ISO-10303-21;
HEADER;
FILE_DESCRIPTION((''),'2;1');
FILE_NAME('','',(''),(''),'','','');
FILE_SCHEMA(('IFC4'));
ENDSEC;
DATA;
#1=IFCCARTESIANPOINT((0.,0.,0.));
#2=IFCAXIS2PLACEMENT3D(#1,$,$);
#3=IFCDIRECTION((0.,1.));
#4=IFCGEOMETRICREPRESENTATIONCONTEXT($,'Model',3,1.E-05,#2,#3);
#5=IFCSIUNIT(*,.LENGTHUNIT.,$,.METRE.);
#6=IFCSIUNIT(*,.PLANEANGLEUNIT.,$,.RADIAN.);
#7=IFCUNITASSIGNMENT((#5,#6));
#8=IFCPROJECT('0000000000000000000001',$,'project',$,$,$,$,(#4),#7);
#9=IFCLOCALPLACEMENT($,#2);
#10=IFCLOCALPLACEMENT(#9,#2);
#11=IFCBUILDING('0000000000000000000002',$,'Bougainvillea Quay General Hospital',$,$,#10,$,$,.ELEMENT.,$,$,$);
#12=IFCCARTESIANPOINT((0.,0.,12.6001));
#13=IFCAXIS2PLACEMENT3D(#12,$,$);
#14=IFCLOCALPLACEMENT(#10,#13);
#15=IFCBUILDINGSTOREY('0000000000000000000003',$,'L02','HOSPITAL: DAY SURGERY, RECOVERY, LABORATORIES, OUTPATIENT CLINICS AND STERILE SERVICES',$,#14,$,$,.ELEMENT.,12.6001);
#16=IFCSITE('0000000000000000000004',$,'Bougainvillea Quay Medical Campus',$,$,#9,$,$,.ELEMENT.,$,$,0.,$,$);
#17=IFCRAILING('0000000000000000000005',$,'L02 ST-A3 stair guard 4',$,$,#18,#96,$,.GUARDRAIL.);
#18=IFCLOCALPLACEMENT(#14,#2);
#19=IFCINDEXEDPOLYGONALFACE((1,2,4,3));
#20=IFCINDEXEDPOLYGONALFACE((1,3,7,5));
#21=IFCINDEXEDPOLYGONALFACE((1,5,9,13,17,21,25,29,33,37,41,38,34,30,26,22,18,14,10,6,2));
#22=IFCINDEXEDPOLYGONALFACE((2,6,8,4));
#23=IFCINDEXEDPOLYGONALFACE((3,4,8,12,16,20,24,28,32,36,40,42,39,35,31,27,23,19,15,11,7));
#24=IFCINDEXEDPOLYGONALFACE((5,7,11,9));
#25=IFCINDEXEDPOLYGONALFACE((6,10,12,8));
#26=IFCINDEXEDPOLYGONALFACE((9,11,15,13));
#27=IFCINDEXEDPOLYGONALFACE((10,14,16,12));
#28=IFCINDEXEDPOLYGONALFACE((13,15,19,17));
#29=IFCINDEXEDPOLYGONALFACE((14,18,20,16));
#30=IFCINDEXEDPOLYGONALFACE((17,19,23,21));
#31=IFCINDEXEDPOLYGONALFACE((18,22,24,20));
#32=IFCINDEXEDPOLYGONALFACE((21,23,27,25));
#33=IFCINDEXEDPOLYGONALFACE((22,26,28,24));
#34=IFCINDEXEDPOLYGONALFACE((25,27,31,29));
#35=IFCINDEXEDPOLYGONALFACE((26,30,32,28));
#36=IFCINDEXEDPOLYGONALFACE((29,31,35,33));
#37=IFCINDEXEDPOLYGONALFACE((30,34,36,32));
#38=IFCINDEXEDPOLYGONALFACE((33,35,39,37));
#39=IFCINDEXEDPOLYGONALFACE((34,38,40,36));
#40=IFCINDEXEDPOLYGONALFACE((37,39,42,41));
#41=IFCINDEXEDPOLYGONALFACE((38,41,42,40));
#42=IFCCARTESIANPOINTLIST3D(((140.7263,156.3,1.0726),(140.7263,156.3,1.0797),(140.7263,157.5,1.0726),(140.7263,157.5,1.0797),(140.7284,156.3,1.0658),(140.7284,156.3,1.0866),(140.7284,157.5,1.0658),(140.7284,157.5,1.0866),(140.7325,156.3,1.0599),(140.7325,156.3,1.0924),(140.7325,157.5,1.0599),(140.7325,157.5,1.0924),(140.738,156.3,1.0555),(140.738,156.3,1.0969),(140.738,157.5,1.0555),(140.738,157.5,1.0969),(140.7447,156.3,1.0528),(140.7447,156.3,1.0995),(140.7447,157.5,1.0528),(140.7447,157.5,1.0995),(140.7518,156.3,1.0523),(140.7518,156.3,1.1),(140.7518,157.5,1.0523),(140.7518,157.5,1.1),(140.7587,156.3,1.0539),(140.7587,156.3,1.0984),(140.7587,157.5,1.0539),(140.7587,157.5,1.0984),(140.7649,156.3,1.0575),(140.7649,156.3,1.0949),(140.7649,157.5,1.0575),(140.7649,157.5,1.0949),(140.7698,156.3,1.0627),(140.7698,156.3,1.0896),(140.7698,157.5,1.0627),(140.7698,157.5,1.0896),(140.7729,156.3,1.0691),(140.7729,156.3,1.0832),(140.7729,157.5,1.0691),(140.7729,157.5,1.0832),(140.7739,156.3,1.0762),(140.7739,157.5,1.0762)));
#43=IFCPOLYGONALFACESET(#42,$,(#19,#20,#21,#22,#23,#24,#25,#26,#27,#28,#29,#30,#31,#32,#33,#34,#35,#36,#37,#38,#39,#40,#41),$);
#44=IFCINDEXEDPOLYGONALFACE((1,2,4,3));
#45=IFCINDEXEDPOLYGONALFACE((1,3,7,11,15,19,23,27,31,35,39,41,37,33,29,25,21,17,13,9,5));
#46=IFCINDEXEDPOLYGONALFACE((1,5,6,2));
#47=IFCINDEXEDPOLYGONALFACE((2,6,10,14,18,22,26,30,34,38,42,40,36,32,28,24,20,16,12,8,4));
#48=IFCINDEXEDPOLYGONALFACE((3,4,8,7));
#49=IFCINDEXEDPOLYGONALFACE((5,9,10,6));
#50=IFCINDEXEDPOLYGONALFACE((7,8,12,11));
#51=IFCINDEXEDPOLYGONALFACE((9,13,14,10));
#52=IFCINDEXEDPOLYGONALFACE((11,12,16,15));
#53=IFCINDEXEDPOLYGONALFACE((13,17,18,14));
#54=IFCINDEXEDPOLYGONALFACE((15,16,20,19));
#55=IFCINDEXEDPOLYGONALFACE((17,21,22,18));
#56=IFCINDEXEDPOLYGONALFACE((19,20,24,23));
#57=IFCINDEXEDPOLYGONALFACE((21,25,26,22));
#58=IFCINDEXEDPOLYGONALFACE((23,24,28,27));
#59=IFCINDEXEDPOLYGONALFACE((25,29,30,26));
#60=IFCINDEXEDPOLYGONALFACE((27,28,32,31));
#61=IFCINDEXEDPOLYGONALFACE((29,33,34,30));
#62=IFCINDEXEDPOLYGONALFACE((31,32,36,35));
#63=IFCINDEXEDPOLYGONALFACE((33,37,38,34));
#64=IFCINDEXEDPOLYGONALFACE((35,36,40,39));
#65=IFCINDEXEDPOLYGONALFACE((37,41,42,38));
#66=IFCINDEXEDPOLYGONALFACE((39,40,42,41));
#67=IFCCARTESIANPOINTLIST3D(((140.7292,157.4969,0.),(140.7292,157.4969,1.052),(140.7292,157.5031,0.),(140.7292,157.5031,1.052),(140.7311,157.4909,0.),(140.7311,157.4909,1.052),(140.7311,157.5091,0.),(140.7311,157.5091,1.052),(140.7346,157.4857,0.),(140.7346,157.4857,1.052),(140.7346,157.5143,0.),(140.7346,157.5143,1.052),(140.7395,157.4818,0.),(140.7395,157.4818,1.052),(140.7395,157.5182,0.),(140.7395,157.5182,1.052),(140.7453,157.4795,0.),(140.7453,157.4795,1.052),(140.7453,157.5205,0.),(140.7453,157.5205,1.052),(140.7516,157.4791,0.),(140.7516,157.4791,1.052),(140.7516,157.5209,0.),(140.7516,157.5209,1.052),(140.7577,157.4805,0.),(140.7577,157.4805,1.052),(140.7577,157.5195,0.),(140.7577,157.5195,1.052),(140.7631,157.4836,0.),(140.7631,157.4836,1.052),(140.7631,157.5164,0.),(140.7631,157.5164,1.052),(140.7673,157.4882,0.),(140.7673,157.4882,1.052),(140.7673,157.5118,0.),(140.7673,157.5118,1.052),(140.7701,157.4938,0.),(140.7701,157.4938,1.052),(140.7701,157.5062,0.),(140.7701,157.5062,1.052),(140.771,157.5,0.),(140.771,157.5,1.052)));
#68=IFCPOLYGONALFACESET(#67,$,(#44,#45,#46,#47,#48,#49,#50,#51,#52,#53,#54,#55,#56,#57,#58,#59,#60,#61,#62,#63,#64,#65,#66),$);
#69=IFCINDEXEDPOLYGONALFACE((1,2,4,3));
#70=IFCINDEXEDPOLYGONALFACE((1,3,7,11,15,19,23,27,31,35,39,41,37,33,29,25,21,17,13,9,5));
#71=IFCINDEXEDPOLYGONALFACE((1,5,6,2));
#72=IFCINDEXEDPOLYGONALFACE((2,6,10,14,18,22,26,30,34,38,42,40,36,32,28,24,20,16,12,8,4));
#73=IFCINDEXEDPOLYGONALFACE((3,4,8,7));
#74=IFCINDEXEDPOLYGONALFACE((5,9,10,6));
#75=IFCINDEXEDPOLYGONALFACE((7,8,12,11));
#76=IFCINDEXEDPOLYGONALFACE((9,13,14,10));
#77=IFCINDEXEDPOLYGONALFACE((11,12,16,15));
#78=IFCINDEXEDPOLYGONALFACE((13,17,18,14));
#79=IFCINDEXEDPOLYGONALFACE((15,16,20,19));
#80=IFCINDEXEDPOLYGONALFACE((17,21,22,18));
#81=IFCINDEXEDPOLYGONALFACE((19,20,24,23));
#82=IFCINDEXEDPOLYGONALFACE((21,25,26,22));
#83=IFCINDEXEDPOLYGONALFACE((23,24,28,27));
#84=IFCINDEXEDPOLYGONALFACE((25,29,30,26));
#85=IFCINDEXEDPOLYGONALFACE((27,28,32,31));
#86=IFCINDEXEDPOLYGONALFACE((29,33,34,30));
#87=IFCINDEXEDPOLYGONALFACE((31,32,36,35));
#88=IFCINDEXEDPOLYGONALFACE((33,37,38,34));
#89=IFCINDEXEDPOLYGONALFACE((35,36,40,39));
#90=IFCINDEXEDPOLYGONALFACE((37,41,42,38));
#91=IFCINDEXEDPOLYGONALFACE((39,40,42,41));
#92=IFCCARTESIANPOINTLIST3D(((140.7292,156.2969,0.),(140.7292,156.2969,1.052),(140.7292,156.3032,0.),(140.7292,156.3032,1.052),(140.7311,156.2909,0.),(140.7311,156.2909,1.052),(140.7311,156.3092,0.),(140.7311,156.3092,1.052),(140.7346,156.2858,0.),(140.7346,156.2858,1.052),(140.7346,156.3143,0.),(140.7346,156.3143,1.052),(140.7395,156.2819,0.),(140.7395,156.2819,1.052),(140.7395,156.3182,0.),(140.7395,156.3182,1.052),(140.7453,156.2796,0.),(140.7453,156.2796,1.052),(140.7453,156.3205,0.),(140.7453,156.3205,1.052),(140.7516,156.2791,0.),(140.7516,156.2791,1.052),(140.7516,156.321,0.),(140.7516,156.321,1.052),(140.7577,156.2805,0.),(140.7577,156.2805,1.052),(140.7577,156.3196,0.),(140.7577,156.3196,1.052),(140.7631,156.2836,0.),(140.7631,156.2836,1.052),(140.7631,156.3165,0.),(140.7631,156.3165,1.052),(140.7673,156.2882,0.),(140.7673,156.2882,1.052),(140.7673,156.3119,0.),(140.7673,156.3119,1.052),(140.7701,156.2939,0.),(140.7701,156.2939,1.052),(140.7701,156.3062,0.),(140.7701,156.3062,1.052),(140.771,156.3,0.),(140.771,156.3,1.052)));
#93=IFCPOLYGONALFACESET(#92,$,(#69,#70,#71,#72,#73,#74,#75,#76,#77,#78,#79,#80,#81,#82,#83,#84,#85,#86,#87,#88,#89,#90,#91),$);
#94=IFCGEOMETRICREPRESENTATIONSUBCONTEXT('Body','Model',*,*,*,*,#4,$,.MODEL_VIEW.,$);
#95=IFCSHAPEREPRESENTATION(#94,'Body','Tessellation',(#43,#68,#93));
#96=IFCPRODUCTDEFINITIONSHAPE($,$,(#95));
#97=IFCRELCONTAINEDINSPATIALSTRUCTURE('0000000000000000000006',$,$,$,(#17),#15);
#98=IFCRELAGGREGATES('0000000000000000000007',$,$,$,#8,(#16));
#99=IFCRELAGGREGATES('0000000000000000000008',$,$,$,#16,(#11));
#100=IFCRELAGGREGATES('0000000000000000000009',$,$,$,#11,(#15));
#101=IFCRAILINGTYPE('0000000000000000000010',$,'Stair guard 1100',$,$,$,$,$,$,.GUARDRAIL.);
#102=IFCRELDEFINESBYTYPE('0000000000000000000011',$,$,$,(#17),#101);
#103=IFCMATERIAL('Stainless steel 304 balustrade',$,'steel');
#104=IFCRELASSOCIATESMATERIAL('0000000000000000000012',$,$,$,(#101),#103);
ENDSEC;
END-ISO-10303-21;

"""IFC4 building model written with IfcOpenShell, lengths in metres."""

from ifc_helpers import new_model, si_unit, direction, frame, origin, origin_2d, place, context, subcontext, project, spatial, circle, extrude, material, type_object, element, save


model = new_model("IFC4")

# Units and contexts
model_context = context("Model", 3, precision=1e-05, world=origin(), true_north=direction((0.0, 1.0)))
body_context = subcontext(model_context, "Body", "Model", "MODEL_VIEW")
ifc_project = project(units=[si_unit("LENGTHUNIT", "METRE"), si_unit("PLANEANGLEUNIT", "RADIAN")], contexts=[model_context])

# Site, building, storey
site_placement = place(None, origin())
site = spatial("IfcSite", under=ifc_project, at=site_placement, Name="Bougainvillea Quay Medical Campus", CompositionType="ELEMENT", RefElevation=0.0)
building_placement = place(site_placement, origin())
building = spatial("IfcBuilding", under=site, at=building_placement, Name="Bougainvillea Quay General Hospital", CompositionType="ELEMENT")
storey_placement = place(building_placement, frame((0.0, 0.0, 12.6001)))
storey = spatial("IfcBuildingStorey", under=building, at=storey_placement, Name="L02", Description="HOSPITAL: DAY SURGERY, RECOVERY, LABORATORIES, OUTPATIENT CLINICS AND STERILE SERVICES", CompositionType="ELEMENT", Elevation=12.6001)

# Railing
ifc_material_1 = material(Name="Stainless steel 304 balustrade", Category="steel")
railing_type_1 = type_object("IfcRailingType", Name="Stair guard 1100", PredefinedType="GUARDRAIL", material=ifc_material_1)
railing_1_placement = place(storey_placement, frame((140.75, 157.5, 0.0)))
element("IfcRailing", 1, at=railing_1_placement, inside=storey, type_object=railing_type_1, Name="L02 ST-A3 stair guard 4", PredefinedType="GUARDRAIL", context=body_context, shape_type="SweptSolid", body=[
    extrude(circle(Radius=0.0239, at=origin_2d()), frame((0.0, 0.0, 1.0762), z_axis=(0.0, -1.0, 0.0), x_axis=(1.0, 0.0, 0.0)), (0.0, 0.0, 1.0), 1.2),
    extrude(circle(Radius=0.021, at=origin_2d()), origin(), (0.0, 0.0, 1.0), 1.052),
    extrude(circle(Radius=0.021, at=origin_2d()), frame((0.0, -1.2, 0.0)), (0.0, 0.0, 1.0), 1.052),
])

save(model, "model.ifc")
